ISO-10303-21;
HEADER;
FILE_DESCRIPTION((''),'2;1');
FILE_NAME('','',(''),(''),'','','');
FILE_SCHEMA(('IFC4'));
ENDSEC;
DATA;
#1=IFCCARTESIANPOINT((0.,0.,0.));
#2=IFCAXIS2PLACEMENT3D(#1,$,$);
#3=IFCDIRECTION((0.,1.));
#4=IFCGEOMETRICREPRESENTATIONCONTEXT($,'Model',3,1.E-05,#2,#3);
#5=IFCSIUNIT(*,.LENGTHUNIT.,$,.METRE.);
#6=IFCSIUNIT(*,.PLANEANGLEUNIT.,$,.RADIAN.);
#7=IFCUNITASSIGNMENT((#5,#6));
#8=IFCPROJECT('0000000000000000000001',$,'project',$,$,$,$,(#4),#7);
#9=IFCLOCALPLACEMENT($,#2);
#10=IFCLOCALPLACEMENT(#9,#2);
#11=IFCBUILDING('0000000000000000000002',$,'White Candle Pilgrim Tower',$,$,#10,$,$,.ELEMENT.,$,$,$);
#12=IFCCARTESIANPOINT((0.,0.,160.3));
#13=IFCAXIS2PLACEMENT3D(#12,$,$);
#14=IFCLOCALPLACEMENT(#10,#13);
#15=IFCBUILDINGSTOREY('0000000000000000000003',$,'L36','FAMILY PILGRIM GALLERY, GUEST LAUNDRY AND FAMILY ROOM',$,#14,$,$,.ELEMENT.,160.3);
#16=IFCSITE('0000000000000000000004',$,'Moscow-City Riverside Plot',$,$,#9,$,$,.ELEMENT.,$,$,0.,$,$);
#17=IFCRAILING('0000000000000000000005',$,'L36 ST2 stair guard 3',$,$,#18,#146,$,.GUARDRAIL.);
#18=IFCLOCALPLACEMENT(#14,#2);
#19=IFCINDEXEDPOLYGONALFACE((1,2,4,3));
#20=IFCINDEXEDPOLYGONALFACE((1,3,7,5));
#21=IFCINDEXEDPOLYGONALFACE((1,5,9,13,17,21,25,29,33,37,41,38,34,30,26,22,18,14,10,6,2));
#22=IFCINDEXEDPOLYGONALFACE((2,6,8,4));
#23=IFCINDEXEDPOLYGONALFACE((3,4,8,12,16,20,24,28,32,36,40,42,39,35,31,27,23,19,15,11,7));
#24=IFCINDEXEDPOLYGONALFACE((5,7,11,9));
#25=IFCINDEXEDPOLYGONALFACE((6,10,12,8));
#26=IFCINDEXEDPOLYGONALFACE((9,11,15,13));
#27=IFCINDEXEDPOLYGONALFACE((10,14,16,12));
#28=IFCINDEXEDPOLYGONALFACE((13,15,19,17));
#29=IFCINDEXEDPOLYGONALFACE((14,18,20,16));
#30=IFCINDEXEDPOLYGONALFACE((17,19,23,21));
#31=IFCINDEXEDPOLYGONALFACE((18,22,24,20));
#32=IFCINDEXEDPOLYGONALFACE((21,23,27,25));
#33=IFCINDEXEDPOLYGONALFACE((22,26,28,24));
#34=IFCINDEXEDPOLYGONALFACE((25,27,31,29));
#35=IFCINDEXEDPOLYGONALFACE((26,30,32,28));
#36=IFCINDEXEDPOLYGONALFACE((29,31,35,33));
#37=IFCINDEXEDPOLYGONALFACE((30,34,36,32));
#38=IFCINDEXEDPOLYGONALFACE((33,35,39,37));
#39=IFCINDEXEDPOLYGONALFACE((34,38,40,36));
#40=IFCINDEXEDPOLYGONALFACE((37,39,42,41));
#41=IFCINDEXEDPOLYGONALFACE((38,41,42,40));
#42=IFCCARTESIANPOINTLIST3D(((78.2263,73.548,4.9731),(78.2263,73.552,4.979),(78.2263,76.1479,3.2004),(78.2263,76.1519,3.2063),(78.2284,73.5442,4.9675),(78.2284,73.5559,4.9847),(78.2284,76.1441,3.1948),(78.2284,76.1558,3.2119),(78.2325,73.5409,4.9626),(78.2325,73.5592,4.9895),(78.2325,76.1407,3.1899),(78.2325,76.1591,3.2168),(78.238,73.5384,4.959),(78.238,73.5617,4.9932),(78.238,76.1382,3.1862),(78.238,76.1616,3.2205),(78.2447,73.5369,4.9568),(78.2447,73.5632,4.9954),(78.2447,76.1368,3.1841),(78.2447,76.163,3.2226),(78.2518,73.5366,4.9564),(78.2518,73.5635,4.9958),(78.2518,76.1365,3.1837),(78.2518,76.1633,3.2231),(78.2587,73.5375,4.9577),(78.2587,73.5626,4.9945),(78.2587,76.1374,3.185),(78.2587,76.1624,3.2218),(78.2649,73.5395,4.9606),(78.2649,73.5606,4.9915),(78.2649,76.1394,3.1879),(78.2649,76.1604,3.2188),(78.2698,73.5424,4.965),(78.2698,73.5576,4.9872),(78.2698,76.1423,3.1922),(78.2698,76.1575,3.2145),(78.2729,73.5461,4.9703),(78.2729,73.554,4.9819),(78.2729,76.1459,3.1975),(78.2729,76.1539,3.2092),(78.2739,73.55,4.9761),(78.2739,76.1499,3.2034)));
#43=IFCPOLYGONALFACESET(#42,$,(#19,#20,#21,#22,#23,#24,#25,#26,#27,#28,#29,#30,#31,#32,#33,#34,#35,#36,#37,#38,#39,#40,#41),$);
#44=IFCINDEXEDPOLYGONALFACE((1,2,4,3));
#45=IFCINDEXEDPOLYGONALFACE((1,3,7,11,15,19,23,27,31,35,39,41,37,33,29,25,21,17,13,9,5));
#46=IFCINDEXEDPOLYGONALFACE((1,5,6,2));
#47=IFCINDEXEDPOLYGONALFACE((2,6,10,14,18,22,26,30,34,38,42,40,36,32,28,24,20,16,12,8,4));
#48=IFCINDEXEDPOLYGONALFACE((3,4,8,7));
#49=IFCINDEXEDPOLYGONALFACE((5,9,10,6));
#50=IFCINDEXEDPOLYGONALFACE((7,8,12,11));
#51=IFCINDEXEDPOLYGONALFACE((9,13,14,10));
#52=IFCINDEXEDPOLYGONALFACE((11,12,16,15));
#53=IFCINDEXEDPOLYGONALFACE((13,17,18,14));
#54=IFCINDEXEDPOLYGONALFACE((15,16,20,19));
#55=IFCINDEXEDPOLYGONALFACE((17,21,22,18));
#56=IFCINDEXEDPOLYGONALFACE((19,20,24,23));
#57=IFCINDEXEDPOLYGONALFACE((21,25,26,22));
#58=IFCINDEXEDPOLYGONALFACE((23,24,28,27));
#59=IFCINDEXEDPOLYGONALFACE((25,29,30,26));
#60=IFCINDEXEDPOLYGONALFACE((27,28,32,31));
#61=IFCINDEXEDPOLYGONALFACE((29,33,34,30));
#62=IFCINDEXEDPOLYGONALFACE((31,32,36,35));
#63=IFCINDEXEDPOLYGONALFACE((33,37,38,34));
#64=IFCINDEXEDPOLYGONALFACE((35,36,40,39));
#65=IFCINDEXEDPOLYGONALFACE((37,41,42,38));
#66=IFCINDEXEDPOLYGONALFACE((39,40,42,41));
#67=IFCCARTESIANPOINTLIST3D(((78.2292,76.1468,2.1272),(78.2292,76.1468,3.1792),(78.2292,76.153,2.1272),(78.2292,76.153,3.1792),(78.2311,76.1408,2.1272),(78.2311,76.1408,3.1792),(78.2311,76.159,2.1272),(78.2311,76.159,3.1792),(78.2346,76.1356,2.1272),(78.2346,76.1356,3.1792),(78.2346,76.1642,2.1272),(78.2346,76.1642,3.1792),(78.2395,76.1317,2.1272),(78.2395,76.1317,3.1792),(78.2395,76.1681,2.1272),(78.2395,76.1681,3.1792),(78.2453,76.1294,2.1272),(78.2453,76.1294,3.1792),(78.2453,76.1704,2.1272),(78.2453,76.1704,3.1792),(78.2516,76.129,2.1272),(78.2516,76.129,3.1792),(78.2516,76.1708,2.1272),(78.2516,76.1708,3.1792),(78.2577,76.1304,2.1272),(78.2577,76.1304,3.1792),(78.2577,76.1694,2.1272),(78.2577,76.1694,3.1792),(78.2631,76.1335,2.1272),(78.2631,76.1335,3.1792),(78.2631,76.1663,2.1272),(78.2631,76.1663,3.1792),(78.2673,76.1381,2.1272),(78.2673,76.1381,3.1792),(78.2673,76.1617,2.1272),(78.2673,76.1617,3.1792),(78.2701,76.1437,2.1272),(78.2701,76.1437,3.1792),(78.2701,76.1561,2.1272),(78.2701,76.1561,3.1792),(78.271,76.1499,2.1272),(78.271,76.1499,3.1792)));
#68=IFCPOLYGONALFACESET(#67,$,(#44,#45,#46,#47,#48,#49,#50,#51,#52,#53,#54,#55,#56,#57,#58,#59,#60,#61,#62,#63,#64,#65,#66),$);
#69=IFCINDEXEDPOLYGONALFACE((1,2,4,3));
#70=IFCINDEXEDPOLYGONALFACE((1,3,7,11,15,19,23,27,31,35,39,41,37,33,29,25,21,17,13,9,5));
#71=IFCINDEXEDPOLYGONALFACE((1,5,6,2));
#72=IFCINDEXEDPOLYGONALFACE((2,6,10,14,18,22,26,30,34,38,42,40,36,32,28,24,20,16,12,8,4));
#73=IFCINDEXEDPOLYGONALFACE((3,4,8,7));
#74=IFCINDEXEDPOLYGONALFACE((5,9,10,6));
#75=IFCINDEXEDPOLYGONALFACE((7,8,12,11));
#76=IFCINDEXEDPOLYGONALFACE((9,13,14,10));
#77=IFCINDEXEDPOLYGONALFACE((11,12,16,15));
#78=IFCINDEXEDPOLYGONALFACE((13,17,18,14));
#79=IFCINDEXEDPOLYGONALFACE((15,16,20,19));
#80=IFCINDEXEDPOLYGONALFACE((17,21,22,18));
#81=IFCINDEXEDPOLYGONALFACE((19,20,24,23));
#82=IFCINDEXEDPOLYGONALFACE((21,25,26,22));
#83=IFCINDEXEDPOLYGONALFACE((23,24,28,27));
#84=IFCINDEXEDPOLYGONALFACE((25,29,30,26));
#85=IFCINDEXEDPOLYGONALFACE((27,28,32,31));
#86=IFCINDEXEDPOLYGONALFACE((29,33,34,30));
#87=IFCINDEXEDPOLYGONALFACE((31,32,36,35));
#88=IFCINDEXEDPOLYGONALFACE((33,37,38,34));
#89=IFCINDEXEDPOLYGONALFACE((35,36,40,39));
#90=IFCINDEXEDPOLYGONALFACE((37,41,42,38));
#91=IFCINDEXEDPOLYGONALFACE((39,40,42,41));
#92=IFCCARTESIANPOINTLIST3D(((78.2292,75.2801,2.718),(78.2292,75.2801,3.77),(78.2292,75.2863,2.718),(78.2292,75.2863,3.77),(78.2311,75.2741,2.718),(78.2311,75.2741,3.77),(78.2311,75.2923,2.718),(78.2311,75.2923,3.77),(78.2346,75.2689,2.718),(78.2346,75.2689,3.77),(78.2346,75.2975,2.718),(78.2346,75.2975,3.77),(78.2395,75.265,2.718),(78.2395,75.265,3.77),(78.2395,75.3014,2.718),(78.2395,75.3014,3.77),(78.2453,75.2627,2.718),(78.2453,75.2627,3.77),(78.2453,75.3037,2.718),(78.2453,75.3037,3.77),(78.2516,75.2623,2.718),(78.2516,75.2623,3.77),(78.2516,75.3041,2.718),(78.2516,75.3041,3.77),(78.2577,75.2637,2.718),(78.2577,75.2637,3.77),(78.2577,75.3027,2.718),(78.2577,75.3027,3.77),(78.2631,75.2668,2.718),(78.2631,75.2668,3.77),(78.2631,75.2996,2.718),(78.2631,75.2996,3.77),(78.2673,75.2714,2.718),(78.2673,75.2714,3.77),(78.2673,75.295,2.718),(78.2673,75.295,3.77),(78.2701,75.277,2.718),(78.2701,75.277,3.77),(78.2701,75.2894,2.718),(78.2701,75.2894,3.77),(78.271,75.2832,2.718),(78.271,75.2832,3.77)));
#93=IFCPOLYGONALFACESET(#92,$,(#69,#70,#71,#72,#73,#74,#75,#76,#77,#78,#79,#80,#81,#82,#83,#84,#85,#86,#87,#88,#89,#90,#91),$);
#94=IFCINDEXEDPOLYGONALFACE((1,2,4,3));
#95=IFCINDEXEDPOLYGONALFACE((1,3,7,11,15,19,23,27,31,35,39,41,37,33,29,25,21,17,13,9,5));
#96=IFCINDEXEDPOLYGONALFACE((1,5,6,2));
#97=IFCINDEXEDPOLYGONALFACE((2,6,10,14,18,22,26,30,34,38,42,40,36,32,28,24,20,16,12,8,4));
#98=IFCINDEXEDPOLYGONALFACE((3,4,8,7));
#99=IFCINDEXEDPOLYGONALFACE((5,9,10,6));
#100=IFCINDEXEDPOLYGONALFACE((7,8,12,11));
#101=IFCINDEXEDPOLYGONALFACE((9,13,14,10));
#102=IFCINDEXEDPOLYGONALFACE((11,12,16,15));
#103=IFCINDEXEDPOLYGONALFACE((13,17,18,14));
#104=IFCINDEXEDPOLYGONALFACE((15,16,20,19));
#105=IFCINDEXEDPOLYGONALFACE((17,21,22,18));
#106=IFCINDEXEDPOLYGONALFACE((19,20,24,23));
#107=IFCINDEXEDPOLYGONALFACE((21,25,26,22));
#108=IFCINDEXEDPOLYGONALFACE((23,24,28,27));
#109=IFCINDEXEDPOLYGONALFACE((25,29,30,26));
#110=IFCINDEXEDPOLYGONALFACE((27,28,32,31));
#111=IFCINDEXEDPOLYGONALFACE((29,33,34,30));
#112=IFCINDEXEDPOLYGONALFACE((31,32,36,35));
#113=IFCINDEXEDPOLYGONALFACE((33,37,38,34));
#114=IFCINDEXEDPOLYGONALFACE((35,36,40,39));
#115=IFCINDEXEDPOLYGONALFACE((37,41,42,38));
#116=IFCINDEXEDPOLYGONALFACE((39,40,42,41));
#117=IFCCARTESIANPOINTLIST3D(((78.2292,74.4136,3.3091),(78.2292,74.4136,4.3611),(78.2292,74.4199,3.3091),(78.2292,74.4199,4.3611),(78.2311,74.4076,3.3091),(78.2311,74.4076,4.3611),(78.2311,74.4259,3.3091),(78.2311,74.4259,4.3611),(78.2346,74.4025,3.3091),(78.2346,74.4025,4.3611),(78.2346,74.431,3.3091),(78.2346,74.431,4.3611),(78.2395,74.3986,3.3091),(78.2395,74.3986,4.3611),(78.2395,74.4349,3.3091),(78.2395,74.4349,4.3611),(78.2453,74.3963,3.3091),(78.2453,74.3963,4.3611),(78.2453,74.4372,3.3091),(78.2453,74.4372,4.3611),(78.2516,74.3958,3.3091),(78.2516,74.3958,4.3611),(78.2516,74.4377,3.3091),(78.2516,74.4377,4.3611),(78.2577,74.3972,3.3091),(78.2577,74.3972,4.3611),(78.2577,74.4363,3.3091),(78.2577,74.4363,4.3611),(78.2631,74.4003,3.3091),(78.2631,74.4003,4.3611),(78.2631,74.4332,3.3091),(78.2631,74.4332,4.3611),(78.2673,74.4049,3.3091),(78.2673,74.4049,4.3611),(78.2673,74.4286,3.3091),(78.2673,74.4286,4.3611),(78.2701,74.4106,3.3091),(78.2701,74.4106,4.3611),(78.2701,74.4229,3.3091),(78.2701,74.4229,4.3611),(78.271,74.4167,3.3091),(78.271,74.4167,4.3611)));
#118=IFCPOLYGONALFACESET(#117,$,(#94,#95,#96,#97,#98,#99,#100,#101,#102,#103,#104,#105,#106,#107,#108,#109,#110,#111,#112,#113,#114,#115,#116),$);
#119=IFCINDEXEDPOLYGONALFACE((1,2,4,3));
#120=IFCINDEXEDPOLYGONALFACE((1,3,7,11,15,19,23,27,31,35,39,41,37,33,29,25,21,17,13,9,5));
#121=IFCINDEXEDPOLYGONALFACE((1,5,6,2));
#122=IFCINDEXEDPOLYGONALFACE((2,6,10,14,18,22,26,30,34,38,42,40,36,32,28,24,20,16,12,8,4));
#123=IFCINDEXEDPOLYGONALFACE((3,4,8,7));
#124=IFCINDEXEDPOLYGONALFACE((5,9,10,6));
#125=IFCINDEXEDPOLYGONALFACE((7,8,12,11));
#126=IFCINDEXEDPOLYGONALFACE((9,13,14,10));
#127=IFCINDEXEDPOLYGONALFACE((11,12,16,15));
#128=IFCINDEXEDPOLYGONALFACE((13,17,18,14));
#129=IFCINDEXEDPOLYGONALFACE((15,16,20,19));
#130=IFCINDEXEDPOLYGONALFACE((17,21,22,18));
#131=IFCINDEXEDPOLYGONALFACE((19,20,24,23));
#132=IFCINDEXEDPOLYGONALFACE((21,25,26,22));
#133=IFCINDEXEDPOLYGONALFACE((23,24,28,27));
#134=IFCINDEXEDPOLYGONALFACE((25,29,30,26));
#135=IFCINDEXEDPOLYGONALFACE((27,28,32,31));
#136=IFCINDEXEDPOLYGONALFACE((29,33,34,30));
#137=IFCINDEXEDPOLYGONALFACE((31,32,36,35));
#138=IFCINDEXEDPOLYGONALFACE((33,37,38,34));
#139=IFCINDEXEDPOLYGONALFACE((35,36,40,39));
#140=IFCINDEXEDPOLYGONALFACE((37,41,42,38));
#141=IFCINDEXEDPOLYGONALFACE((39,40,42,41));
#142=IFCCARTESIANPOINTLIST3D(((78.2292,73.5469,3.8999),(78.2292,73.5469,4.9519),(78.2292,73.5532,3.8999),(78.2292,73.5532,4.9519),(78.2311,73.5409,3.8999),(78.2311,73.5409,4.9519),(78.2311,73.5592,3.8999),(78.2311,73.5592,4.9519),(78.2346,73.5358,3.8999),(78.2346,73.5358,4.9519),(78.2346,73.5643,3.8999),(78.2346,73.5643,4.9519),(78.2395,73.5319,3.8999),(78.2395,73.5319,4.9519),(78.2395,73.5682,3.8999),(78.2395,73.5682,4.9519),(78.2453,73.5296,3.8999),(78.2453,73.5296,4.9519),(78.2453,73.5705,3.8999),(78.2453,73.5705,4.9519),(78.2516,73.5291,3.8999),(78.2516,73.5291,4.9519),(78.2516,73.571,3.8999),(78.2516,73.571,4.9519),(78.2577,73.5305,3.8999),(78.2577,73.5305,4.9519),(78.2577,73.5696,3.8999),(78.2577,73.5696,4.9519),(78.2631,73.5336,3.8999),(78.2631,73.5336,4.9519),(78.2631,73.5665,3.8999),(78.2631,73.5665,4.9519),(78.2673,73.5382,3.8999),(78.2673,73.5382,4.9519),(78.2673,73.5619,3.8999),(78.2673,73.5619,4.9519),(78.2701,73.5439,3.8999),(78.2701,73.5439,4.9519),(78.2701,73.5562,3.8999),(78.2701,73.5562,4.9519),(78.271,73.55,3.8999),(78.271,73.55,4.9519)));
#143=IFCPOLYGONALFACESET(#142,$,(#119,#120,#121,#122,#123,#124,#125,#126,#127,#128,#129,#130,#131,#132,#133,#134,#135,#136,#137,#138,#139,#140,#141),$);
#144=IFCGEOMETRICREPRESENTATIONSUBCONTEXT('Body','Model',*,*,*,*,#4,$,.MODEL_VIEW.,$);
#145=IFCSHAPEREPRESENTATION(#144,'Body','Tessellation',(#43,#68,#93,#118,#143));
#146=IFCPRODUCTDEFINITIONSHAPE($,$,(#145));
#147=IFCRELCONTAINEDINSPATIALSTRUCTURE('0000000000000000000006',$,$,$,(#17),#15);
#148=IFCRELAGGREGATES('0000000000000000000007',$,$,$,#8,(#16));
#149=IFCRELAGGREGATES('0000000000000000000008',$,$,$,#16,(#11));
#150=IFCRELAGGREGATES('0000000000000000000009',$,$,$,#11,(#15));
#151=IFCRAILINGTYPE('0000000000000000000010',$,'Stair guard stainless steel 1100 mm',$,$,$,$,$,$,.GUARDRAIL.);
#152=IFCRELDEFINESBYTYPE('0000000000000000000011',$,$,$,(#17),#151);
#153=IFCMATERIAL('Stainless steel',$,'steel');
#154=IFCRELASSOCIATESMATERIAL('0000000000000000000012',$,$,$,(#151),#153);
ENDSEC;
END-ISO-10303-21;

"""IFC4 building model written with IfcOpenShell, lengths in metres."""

from ifc_helpers import new_model, si_unit, direction, frame, origin, origin_2d, place, context, subcontext, project, spatial, circle, extrude, material, type_object, element, save


model = new_model("IFC4")

# Units and contexts
model_context = context("Model", 3, precision=1e-05, world=origin(), true_north=direction((0.0, 1.0)))
body_context = subcontext(model_context, "Body", "Model", "MODEL_VIEW")
ifc_project = project(units=[si_unit("LENGTHUNIT", "METRE"), si_unit("PLANEANGLEUNIT", "RADIAN")], contexts=[model_context])

# Site, building, storey
site_placement = place(None, origin())
site = spatial("IfcSite", under=ifc_project, at=site_placement, Name="Moscow-City Riverside Plot", CompositionType="ELEMENT", RefElevation=0.0)
building_placement = place(site_placement, origin())
building = spatial("IfcBuilding", under=site, at=building_placement, Name="White Candle Pilgrim Tower", CompositionType="ELEMENT")
storey_placement = place(building_placement, frame((0.0, 0.0, 160.3)))
storey = spatial("IfcBuildingStorey", under=building, at=storey_placement, Name="L36", Description="FAMILY PILGRIM GALLERY, GUEST LAUNDRY AND FAMILY ROOM", CompositionType="ELEMENT", Elevation=160.3)

# Railing
ifc_material_1 = material(Name="Stainless steel", Category="steel")
railing_type_1 = type_object("IfcRailingType", Name="Stair guard stainless steel 1100 mm", PredefinedType="GUARDRAIL", material=ifc_material_1)
railing_1_placement = place(storey_placement, frame((78.25, 76.1499, 2.1272)))
element("IfcRailing", 1, at=railing_1_placement, inside=storey, type_object=railing_type_1, Name="L36 ST2 stair guard 3", PredefinedType="GUARDRAIL", context=body_context, shape_type="SweptSolid", body=[
    extrude(circle(Radius=0.0239, at=origin_2d()), frame((0.0, 0.0, 1.0762), z_axis=(0.0, -0.826216, 0.563354), x_axis=(1.0, 0.0, 0.0)), (0.0, 0.0, 1.0), 3.1467),
    extrude(circle(Radius=0.021, at=origin_2d()), origin(), (0.0, 0.0, 1.0), 1.052),
    extrude(circle(Radius=0.021, at=origin_2d()), frame((0.0, -0.8667, 0.5908)), (0.0, 0.0, 1.0), 1.052),
    extrude(circle(Radius=0.021, at=origin_2d()), frame((0.0, -1.7332, 1.1819)), (0.0, 0.0, 1.0), 1.052),
    extrude(circle(Radius=0.021, at=origin_2d()), frame((0.0, -2.5999, 1.7727)), (0.0, 0.0, 1.0), 1.052),
])

save(model, "model.ifc")
